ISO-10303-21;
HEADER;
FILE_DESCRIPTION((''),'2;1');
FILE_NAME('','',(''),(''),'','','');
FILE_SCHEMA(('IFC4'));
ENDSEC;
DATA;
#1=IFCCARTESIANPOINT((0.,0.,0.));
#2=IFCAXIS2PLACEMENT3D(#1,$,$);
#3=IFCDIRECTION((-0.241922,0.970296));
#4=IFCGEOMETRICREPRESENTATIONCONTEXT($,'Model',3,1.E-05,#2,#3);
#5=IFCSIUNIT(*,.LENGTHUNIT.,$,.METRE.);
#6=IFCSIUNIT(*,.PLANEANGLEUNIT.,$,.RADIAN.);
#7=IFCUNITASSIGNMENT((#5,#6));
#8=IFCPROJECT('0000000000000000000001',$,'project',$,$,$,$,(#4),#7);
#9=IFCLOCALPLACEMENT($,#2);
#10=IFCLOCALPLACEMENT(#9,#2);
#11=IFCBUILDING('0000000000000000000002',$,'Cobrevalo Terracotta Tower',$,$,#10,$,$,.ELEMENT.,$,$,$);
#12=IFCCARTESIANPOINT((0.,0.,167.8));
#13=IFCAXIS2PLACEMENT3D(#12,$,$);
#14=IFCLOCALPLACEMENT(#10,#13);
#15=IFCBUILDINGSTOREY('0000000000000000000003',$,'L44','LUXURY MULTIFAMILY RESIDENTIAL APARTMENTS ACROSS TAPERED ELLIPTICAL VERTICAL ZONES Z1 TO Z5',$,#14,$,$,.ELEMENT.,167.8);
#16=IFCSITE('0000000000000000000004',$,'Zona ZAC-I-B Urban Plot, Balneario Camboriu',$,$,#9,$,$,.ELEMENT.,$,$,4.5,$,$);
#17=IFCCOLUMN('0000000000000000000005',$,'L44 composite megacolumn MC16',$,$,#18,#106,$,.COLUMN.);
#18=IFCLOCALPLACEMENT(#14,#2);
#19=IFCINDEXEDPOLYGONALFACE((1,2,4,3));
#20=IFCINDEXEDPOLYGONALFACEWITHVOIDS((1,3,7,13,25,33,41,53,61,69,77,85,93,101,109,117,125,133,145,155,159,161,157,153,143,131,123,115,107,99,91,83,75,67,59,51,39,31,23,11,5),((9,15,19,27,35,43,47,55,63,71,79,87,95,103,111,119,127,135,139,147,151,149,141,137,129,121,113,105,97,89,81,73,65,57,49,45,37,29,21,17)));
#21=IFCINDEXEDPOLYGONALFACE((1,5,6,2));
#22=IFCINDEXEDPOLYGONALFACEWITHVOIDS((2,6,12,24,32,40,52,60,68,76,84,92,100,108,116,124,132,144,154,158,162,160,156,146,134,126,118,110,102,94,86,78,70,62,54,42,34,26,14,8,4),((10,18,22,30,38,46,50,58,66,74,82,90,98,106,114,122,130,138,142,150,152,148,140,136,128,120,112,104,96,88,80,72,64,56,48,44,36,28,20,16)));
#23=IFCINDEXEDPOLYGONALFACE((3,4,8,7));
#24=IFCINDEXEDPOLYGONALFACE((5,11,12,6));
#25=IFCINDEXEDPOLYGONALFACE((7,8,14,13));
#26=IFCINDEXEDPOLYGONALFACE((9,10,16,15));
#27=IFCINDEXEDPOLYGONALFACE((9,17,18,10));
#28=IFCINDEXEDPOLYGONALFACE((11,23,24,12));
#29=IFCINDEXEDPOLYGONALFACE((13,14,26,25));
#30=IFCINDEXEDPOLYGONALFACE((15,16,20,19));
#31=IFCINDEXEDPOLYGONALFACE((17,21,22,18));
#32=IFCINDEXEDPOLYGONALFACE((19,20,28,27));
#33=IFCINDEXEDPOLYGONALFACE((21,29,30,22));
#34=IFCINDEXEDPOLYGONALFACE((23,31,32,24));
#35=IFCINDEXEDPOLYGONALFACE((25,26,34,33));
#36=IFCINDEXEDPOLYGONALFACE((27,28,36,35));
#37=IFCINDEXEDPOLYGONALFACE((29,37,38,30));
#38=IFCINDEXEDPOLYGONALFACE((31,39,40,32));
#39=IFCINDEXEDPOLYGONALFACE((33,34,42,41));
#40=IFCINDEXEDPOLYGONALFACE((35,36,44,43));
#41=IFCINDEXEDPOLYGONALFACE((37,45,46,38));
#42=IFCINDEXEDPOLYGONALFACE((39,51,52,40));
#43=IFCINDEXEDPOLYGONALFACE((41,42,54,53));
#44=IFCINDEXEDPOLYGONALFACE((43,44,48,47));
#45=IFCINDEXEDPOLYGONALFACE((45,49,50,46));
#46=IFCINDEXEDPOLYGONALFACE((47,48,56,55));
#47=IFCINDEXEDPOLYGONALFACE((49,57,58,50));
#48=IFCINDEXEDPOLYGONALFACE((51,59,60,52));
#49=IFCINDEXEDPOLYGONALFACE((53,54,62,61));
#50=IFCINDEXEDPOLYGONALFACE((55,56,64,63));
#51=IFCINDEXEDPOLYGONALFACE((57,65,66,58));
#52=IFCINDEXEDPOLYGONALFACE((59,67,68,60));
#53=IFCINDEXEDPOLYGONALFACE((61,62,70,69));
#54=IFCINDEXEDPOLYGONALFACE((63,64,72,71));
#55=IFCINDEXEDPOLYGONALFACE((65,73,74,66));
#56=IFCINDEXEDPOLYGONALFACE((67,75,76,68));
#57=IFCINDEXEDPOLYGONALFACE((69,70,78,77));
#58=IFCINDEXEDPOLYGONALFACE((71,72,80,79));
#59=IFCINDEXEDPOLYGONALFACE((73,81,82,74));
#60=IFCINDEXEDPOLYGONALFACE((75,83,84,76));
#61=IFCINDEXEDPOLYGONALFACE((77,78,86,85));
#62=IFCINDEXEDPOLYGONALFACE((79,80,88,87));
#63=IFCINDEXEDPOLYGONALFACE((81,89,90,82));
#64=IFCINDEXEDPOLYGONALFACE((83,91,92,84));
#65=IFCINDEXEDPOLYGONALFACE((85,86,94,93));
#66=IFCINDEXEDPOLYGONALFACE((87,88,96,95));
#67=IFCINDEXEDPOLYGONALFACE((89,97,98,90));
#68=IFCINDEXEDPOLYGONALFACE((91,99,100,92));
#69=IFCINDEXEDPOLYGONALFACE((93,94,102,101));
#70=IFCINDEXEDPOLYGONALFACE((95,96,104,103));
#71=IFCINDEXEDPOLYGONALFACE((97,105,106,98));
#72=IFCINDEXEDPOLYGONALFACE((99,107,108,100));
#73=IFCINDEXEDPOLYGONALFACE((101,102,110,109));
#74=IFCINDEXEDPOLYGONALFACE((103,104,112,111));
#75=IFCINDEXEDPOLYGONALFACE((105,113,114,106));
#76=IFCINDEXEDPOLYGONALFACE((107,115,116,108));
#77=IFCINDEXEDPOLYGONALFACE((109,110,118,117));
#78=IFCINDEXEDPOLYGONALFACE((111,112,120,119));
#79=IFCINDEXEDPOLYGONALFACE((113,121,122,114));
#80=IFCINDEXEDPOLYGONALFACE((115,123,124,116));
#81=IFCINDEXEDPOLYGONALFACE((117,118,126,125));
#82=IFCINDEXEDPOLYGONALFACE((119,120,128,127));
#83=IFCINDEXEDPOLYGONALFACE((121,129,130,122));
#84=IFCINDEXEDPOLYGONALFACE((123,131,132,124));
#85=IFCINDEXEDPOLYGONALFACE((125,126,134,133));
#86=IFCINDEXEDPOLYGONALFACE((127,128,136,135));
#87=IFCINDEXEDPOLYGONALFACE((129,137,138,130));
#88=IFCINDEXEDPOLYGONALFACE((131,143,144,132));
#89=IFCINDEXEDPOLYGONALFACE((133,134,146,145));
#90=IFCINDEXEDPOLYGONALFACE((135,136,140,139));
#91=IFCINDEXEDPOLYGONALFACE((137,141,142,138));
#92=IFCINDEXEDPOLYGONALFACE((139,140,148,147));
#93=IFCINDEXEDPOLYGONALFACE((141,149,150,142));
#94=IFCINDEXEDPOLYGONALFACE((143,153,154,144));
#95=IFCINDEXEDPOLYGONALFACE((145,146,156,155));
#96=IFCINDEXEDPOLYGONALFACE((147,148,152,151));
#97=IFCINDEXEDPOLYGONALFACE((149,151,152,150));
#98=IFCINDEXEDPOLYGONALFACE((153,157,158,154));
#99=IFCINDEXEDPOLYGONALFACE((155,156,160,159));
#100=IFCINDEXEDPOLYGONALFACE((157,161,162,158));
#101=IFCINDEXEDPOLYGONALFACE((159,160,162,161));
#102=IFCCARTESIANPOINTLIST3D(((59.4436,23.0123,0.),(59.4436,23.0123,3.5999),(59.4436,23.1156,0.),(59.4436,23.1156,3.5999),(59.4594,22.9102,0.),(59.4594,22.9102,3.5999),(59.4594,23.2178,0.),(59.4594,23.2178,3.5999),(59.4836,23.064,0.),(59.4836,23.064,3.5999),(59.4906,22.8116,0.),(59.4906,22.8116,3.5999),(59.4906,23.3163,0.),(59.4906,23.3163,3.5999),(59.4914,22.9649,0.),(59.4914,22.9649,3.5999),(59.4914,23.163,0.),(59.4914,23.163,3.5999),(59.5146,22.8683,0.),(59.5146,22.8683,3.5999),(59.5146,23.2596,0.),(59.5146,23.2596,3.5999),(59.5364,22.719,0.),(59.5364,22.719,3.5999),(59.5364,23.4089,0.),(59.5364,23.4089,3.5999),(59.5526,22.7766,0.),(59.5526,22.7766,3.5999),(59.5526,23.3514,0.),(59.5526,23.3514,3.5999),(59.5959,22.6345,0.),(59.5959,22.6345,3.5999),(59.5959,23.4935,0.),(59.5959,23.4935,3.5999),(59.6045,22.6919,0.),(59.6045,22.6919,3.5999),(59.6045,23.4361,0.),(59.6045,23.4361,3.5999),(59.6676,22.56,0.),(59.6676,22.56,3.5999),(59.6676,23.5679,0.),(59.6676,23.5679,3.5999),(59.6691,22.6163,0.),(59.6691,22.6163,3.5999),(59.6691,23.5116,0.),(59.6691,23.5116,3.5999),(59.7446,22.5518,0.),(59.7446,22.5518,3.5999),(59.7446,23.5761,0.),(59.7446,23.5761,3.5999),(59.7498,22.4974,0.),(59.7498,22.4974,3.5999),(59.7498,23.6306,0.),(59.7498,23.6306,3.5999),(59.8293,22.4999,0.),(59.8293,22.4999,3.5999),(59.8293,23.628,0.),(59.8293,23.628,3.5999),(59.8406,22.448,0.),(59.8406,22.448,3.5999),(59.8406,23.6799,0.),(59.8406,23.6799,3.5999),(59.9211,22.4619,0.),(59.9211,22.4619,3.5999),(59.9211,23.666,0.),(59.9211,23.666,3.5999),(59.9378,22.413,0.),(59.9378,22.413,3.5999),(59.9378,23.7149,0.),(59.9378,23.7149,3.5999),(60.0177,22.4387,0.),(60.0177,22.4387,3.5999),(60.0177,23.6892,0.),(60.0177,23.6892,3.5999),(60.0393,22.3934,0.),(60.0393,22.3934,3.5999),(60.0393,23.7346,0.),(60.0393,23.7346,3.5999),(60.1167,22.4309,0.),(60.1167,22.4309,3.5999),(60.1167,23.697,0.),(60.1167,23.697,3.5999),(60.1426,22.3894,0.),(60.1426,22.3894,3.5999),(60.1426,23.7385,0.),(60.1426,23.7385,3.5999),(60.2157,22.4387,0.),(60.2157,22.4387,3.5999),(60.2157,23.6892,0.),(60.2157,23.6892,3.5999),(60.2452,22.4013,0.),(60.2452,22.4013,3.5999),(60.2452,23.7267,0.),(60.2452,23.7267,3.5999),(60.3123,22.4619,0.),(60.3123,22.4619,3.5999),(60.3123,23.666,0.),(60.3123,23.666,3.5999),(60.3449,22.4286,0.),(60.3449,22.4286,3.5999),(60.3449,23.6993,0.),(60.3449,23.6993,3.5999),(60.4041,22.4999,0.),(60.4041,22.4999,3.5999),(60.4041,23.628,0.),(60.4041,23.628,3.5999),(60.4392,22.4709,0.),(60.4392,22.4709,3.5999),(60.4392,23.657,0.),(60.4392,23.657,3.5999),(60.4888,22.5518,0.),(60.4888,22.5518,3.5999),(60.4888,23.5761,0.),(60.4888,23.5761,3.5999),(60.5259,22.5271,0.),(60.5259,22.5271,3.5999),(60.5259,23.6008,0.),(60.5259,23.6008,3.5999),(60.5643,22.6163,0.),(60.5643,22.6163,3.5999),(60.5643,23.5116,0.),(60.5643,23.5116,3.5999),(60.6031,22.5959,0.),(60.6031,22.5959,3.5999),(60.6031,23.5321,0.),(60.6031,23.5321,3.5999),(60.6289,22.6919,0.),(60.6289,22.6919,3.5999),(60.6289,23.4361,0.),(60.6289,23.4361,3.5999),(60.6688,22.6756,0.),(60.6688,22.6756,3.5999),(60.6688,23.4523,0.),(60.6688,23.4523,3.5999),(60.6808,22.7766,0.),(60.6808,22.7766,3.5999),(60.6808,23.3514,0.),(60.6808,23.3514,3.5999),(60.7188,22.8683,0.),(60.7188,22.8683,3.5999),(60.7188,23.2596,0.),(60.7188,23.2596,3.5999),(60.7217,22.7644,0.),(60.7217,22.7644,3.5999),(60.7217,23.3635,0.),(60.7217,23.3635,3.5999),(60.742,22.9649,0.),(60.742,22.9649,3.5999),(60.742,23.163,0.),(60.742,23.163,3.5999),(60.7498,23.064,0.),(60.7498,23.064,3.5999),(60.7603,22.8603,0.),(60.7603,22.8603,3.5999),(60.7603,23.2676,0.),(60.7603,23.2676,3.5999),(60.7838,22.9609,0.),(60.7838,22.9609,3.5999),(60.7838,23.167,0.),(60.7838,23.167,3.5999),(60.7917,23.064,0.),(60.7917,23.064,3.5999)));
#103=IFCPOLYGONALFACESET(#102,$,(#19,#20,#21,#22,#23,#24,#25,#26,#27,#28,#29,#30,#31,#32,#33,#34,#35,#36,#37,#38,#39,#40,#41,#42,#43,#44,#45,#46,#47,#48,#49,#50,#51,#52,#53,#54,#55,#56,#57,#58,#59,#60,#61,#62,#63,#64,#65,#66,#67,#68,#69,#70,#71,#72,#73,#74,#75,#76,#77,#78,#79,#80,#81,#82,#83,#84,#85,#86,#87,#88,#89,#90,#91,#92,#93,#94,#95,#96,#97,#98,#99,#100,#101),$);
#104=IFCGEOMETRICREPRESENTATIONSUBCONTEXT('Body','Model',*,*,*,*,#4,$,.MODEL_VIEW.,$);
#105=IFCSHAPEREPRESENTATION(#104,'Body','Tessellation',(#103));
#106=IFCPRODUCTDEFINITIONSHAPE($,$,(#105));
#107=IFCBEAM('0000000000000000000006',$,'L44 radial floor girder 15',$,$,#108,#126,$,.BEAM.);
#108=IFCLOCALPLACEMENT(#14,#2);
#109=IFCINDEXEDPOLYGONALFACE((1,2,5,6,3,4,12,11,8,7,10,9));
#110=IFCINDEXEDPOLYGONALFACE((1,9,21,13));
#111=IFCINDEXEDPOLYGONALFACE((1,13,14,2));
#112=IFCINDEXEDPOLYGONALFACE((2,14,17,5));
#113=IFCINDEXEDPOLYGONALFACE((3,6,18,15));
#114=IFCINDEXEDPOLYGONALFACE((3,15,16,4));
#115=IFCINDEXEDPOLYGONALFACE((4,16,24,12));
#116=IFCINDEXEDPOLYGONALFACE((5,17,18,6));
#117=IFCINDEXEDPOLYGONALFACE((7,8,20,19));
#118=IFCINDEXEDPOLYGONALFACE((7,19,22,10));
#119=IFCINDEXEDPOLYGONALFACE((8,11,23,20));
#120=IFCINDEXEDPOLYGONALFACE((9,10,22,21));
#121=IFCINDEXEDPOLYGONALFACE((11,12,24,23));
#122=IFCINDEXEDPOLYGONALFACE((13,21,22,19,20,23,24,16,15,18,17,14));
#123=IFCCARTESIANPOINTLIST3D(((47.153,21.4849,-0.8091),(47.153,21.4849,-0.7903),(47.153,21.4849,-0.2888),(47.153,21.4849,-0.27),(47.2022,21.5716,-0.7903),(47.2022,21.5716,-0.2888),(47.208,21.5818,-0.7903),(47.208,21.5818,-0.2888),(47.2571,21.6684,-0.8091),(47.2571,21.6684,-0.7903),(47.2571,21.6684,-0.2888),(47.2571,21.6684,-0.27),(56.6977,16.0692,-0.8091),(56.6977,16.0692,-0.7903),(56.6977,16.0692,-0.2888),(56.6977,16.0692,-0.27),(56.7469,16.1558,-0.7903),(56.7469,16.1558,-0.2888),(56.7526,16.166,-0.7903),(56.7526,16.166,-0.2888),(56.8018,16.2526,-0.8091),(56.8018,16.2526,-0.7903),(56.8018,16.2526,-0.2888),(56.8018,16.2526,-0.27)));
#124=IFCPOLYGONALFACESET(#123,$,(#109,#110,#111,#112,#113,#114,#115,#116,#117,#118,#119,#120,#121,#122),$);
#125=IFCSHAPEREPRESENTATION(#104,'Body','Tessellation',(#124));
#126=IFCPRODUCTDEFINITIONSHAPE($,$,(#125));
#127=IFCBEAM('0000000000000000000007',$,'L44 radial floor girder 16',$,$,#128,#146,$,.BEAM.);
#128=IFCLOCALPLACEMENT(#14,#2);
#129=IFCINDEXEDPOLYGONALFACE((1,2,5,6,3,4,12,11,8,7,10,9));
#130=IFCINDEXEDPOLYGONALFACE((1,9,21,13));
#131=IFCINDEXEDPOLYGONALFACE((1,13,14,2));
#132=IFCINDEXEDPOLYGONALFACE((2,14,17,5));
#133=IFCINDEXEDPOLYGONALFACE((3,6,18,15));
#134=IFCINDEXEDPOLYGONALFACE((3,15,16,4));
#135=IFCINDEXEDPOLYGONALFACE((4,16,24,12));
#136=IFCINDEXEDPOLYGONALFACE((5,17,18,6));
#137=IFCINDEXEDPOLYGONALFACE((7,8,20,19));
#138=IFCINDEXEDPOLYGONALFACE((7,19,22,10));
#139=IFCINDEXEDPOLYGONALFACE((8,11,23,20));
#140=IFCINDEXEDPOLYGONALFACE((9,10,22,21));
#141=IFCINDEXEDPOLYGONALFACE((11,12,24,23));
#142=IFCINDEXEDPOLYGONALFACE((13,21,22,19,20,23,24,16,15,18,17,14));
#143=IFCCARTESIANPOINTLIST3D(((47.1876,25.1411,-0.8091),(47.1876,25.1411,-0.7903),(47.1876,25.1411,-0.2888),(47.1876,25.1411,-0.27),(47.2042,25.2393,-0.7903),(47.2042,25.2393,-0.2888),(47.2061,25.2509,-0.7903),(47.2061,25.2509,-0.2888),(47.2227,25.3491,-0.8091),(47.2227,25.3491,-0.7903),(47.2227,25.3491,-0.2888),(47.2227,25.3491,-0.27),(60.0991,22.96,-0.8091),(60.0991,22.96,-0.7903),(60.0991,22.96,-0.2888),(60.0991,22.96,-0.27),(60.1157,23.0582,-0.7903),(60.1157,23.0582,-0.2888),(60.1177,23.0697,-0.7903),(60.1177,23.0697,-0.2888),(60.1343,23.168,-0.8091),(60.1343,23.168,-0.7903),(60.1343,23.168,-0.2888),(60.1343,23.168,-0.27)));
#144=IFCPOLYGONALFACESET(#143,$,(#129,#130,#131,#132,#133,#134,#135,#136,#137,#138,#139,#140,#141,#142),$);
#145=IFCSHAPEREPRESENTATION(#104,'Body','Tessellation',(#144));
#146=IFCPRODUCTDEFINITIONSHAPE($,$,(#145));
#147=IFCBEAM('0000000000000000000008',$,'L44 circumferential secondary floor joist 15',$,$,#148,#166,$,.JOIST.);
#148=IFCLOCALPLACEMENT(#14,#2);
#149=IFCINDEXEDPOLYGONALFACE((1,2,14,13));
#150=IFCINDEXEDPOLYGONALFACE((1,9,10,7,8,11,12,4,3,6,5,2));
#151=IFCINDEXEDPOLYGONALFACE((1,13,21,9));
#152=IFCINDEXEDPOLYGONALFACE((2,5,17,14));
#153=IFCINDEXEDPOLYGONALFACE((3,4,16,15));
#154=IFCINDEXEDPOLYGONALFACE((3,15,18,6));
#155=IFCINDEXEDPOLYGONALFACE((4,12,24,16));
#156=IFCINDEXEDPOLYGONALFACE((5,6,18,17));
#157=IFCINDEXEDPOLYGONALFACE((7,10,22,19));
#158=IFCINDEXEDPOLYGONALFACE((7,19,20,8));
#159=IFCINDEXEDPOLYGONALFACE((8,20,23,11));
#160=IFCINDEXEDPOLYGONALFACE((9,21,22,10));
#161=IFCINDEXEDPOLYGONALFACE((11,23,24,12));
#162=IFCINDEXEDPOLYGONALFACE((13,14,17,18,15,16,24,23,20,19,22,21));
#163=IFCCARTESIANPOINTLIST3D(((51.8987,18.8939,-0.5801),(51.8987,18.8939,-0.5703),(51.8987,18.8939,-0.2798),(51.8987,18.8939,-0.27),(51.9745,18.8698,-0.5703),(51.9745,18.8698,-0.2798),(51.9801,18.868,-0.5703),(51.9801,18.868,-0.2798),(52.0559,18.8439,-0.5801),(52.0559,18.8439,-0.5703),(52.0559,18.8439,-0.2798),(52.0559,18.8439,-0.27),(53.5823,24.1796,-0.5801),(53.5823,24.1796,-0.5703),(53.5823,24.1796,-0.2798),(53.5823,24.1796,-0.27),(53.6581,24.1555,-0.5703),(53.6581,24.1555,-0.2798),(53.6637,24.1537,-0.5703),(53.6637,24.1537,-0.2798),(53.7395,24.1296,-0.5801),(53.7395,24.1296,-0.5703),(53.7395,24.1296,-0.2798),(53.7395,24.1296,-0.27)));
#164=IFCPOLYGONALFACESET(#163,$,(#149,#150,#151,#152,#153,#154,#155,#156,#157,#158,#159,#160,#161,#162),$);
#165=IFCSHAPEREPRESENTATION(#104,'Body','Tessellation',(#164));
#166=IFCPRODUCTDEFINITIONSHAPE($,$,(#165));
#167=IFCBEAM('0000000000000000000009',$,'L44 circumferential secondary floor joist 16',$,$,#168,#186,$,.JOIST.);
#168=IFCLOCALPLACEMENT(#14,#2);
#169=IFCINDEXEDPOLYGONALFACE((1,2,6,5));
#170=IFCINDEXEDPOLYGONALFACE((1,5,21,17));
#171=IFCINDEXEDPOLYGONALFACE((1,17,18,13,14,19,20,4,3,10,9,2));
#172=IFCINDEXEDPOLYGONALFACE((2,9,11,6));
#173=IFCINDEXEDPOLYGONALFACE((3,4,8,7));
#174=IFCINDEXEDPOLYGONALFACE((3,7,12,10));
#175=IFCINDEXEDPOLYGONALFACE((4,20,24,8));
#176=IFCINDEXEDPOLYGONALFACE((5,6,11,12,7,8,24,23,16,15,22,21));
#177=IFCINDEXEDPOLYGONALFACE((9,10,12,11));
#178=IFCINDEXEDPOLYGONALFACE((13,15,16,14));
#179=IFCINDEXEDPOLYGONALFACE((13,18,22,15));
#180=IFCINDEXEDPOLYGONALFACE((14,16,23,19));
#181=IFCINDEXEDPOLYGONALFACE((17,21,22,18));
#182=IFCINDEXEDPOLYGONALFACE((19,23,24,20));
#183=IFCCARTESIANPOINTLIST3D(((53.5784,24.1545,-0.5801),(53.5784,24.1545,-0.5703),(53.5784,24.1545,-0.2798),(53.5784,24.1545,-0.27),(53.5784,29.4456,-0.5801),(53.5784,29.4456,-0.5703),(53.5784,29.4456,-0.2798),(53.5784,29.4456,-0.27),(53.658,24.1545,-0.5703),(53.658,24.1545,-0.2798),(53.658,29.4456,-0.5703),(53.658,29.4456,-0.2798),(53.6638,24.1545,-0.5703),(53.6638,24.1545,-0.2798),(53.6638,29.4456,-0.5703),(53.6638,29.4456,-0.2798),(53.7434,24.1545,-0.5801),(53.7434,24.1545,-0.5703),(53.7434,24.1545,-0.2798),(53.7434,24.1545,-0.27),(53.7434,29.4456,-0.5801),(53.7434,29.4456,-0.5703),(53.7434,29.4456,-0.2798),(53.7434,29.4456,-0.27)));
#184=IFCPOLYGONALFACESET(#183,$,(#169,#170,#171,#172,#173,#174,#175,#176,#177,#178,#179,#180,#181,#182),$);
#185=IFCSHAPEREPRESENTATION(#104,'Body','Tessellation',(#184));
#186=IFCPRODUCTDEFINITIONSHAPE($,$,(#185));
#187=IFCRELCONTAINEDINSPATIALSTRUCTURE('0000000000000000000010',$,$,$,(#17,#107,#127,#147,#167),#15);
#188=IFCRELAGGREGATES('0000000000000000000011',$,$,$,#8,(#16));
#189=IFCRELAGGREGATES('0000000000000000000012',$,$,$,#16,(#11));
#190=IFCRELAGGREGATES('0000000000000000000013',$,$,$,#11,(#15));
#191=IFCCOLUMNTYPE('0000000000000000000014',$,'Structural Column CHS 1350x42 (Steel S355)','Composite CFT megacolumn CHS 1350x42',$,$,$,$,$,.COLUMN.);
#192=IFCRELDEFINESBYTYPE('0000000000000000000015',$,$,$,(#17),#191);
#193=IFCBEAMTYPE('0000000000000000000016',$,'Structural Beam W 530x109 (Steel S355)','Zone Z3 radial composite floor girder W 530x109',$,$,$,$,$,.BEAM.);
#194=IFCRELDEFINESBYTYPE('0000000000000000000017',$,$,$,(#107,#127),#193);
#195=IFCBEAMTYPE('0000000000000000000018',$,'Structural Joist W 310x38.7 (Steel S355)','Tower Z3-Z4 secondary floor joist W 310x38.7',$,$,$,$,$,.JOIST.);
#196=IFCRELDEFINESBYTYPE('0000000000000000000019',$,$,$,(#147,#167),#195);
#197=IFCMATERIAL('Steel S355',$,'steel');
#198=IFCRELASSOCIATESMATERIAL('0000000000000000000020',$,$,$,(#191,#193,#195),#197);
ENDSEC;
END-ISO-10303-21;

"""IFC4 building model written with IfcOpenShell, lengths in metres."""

from ifc_helpers import new_model, si_unit, direction, frame, origin, origin_2d, place, context, subcontext, project, spatial, hollow_circle, i_section, extrude, material, material_profile, profile_set, type_object, element, save


model = new_model("IFC4")

# Units and contexts
model_context = context("Model", 3, precision=1e-05, world=origin(), true_north=direction((-0.241922, 0.970296)))
body_context = subcontext(model_context, "Body", "Model", "MODEL_VIEW")
ifc_project = project(units=[si_unit("LENGTHUNIT", "METRE"), si_unit("PLANEANGLEUNIT", "RADIAN")], contexts=[model_context])

# Site, building, storey
site_placement = place(None, origin())
site = spatial("IfcSite", under=ifc_project, at=site_placement, Name="Zona ZAC-I-B Urban Plot, Balneario Camboriu", CompositionType="ELEMENT", RefElevation=4.5)
building_placement = place(site_placement, origin())
building = spatial("IfcBuilding", under=site, at=building_placement, Name="Cobrevalo Terracotta Tower", CompositionType="ELEMENT")
storey_placement = place(building_placement, frame((0.0, 0.0, 167.8)))
storey = spatial("IfcBuildingStorey", under=building, at=storey_placement, Name="L44", Description="LUXURY MULTIFAMILY RESIDENTIAL APARTMENTS ACROSS TAPERED ELLIPTICAL VERTICAL ZONES Z1 TO Z5", CompositionType="ELEMENT", Elevation=167.8)

# Column
ifc_material_1 = material(Name="Steel S355", Category="steel")
ifc_material_profile_1 = material_profile(ifc_material_1, hollow_circle(Radius=0.675, WallThickness=0.042, at=origin_2d()), Name="CHS 1350x42")
ifc_profile_set_1 = profile_set([ifc_material_profile_1], Name="Steel S355")
column_type = type_object("IfcColumnType", Name="Structural Column CHS 1350x42 (Steel S355)", Description="Composite CFT megacolumn CHS 1350x42", PredefinedType="COLUMN", material=ifc_profile_set_1)
column_placement = place(storey_placement, frame((60.1167, 23.064, 0.0), z_axis=(0.0, 0.0, 1.0), x_axis=(1.0, 0.0, 0.0)))
element("IfcColumn", 1, at=column_placement, inside=storey, type_object=column_type, Name="L44 composite megacolumn MC16", PredefinedType="COLUMN", context=body_context, shape_type="SweptSolid", body=[
    extrude(hollow_circle(Radius=0.675, WallThickness=0.042, at=origin_2d()), origin(), (0.0, 0.0, 1.0), 3.5999),
])

# Beams
ifc_material_profile_2 = material_profile(ifc_material_1, i_section(OverallWidth=0.2109, OverallDepth=0.5391, WebThickness=0.0117, FlangeThickness=0.0188, at=origin_2d()), Name="W 530x109")
ifc_profile_set_2 = profile_set([ifc_material_profile_2], Name="Steel S355")
beam_type_1 = type_object("IfcBeamType", Name="Structural Beam W 530x109 (Steel S355)", Description="Zone Z3 radial composite floor girder W 530x109", PredefinedType="BEAM", material=ifc_profile_set_2)
beam_1_placement = place(storey_placement, frame((56.7498, 16.1609, -0.5396), z_axis=(-0.869744, 0.493504, 0.0), x_axis=(-0.493504, -0.869744, 0.0)))
element("IfcBeam", 2, at=beam_1_placement, inside=storey, type_object=beam_type_1, Name="L44 radial floor girder 15", PredefinedType="BEAM", context=body_context, shape_type="SweptSolid", body=[
    extrude(i_section(OverallWidth=0.2109, OverallDepth=0.5391, WebThickness=0.0117, FlangeThickness=0.0188, at=origin_2d()), origin(), (0.0, 0.0, 1.0), 10.9741),
])
beam_2_placement = place(storey_placement, frame((60.1167, 23.064, -0.5396), z_axis=(-0.98603, 0.166569, 0.0), x_axis=(-0.166569, -0.98603, 0.0)))
element("IfcBeam", 3, at=beam_2_placement, inside=storey, type_object=beam_type_1, Name="L44 radial floor girder 16", PredefinedType="BEAM", context=body_context, shape_type="SweptSolid", body=[
    extrude(i_section(OverallWidth=0.2109, OverallDepth=0.5391, WebThickness=0.0117, FlangeThickness=0.0188, at=origin_2d()), origin(), (0.0, 0.0, 1.0), 13.0945),
])
ifc_material_profile_3 = material_profile(ifc_material_1, i_section(OverallWidth=0.165, OverallDepth=0.3101, WebThickness=0.0059, FlangeThickness=0.0098, at=origin_2d()), Name="W 310x38.7")
ifc_profile_set_3 = profile_set([ifc_material_profile_3], Name="Steel S355")
beam_type_2 = type_object("IfcBeamType", Name="Structural Joist W 310x38.7 (Steel S355)", Description="Tower Z3-Z4 secondary floor joist W 310x38.7", PredefinedType="JOIST", material=ifc_profile_set_3)
beam_3_placement = place(storey_placement, frame((51.9773, 18.8689, -0.425), z_axis=(0.303498, 0.952832, 0.0), x_axis=(-0.952832, 0.303498, 0.0)))
element("IfcBeam", 4, at=beam_3_placement, inside=storey, type_object=beam_type_2, Name="L44 circumferential secondary floor joist 15", PredefinedType="JOIST", context=body_context, shape_type="SweptSolid", body=[
    extrude(i_section(OverallWidth=0.165, OverallDepth=0.3101, WebThickness=0.0059, FlangeThickness=0.0098, at=origin_2d()), origin(), (0.0, 0.0, 1.0), 5.5474),
])
beam_4_placement = place(storey_placement, frame((53.6609, 24.1545, -0.425), z_axis=(0.0, 1.0, 0.0), x_axis=(-1.0, 0.0, 0.0)))
element("IfcBeam", 5, at=beam_4_placement, inside=storey, type_object=beam_type_2, Name="L44 circumferential secondary floor joist 16", PredefinedType="JOIST", context=body_context, shape_type="SweptSolid", body=[
    extrude(i_section(OverallWidth=0.165, OverallDepth=0.3101, WebThickness=0.0059, FlangeThickness=0.0098, at=origin_2d()), origin(), (0.0, 0.0, 1.0), 5.291),
])

save(model, "model.ifc")
